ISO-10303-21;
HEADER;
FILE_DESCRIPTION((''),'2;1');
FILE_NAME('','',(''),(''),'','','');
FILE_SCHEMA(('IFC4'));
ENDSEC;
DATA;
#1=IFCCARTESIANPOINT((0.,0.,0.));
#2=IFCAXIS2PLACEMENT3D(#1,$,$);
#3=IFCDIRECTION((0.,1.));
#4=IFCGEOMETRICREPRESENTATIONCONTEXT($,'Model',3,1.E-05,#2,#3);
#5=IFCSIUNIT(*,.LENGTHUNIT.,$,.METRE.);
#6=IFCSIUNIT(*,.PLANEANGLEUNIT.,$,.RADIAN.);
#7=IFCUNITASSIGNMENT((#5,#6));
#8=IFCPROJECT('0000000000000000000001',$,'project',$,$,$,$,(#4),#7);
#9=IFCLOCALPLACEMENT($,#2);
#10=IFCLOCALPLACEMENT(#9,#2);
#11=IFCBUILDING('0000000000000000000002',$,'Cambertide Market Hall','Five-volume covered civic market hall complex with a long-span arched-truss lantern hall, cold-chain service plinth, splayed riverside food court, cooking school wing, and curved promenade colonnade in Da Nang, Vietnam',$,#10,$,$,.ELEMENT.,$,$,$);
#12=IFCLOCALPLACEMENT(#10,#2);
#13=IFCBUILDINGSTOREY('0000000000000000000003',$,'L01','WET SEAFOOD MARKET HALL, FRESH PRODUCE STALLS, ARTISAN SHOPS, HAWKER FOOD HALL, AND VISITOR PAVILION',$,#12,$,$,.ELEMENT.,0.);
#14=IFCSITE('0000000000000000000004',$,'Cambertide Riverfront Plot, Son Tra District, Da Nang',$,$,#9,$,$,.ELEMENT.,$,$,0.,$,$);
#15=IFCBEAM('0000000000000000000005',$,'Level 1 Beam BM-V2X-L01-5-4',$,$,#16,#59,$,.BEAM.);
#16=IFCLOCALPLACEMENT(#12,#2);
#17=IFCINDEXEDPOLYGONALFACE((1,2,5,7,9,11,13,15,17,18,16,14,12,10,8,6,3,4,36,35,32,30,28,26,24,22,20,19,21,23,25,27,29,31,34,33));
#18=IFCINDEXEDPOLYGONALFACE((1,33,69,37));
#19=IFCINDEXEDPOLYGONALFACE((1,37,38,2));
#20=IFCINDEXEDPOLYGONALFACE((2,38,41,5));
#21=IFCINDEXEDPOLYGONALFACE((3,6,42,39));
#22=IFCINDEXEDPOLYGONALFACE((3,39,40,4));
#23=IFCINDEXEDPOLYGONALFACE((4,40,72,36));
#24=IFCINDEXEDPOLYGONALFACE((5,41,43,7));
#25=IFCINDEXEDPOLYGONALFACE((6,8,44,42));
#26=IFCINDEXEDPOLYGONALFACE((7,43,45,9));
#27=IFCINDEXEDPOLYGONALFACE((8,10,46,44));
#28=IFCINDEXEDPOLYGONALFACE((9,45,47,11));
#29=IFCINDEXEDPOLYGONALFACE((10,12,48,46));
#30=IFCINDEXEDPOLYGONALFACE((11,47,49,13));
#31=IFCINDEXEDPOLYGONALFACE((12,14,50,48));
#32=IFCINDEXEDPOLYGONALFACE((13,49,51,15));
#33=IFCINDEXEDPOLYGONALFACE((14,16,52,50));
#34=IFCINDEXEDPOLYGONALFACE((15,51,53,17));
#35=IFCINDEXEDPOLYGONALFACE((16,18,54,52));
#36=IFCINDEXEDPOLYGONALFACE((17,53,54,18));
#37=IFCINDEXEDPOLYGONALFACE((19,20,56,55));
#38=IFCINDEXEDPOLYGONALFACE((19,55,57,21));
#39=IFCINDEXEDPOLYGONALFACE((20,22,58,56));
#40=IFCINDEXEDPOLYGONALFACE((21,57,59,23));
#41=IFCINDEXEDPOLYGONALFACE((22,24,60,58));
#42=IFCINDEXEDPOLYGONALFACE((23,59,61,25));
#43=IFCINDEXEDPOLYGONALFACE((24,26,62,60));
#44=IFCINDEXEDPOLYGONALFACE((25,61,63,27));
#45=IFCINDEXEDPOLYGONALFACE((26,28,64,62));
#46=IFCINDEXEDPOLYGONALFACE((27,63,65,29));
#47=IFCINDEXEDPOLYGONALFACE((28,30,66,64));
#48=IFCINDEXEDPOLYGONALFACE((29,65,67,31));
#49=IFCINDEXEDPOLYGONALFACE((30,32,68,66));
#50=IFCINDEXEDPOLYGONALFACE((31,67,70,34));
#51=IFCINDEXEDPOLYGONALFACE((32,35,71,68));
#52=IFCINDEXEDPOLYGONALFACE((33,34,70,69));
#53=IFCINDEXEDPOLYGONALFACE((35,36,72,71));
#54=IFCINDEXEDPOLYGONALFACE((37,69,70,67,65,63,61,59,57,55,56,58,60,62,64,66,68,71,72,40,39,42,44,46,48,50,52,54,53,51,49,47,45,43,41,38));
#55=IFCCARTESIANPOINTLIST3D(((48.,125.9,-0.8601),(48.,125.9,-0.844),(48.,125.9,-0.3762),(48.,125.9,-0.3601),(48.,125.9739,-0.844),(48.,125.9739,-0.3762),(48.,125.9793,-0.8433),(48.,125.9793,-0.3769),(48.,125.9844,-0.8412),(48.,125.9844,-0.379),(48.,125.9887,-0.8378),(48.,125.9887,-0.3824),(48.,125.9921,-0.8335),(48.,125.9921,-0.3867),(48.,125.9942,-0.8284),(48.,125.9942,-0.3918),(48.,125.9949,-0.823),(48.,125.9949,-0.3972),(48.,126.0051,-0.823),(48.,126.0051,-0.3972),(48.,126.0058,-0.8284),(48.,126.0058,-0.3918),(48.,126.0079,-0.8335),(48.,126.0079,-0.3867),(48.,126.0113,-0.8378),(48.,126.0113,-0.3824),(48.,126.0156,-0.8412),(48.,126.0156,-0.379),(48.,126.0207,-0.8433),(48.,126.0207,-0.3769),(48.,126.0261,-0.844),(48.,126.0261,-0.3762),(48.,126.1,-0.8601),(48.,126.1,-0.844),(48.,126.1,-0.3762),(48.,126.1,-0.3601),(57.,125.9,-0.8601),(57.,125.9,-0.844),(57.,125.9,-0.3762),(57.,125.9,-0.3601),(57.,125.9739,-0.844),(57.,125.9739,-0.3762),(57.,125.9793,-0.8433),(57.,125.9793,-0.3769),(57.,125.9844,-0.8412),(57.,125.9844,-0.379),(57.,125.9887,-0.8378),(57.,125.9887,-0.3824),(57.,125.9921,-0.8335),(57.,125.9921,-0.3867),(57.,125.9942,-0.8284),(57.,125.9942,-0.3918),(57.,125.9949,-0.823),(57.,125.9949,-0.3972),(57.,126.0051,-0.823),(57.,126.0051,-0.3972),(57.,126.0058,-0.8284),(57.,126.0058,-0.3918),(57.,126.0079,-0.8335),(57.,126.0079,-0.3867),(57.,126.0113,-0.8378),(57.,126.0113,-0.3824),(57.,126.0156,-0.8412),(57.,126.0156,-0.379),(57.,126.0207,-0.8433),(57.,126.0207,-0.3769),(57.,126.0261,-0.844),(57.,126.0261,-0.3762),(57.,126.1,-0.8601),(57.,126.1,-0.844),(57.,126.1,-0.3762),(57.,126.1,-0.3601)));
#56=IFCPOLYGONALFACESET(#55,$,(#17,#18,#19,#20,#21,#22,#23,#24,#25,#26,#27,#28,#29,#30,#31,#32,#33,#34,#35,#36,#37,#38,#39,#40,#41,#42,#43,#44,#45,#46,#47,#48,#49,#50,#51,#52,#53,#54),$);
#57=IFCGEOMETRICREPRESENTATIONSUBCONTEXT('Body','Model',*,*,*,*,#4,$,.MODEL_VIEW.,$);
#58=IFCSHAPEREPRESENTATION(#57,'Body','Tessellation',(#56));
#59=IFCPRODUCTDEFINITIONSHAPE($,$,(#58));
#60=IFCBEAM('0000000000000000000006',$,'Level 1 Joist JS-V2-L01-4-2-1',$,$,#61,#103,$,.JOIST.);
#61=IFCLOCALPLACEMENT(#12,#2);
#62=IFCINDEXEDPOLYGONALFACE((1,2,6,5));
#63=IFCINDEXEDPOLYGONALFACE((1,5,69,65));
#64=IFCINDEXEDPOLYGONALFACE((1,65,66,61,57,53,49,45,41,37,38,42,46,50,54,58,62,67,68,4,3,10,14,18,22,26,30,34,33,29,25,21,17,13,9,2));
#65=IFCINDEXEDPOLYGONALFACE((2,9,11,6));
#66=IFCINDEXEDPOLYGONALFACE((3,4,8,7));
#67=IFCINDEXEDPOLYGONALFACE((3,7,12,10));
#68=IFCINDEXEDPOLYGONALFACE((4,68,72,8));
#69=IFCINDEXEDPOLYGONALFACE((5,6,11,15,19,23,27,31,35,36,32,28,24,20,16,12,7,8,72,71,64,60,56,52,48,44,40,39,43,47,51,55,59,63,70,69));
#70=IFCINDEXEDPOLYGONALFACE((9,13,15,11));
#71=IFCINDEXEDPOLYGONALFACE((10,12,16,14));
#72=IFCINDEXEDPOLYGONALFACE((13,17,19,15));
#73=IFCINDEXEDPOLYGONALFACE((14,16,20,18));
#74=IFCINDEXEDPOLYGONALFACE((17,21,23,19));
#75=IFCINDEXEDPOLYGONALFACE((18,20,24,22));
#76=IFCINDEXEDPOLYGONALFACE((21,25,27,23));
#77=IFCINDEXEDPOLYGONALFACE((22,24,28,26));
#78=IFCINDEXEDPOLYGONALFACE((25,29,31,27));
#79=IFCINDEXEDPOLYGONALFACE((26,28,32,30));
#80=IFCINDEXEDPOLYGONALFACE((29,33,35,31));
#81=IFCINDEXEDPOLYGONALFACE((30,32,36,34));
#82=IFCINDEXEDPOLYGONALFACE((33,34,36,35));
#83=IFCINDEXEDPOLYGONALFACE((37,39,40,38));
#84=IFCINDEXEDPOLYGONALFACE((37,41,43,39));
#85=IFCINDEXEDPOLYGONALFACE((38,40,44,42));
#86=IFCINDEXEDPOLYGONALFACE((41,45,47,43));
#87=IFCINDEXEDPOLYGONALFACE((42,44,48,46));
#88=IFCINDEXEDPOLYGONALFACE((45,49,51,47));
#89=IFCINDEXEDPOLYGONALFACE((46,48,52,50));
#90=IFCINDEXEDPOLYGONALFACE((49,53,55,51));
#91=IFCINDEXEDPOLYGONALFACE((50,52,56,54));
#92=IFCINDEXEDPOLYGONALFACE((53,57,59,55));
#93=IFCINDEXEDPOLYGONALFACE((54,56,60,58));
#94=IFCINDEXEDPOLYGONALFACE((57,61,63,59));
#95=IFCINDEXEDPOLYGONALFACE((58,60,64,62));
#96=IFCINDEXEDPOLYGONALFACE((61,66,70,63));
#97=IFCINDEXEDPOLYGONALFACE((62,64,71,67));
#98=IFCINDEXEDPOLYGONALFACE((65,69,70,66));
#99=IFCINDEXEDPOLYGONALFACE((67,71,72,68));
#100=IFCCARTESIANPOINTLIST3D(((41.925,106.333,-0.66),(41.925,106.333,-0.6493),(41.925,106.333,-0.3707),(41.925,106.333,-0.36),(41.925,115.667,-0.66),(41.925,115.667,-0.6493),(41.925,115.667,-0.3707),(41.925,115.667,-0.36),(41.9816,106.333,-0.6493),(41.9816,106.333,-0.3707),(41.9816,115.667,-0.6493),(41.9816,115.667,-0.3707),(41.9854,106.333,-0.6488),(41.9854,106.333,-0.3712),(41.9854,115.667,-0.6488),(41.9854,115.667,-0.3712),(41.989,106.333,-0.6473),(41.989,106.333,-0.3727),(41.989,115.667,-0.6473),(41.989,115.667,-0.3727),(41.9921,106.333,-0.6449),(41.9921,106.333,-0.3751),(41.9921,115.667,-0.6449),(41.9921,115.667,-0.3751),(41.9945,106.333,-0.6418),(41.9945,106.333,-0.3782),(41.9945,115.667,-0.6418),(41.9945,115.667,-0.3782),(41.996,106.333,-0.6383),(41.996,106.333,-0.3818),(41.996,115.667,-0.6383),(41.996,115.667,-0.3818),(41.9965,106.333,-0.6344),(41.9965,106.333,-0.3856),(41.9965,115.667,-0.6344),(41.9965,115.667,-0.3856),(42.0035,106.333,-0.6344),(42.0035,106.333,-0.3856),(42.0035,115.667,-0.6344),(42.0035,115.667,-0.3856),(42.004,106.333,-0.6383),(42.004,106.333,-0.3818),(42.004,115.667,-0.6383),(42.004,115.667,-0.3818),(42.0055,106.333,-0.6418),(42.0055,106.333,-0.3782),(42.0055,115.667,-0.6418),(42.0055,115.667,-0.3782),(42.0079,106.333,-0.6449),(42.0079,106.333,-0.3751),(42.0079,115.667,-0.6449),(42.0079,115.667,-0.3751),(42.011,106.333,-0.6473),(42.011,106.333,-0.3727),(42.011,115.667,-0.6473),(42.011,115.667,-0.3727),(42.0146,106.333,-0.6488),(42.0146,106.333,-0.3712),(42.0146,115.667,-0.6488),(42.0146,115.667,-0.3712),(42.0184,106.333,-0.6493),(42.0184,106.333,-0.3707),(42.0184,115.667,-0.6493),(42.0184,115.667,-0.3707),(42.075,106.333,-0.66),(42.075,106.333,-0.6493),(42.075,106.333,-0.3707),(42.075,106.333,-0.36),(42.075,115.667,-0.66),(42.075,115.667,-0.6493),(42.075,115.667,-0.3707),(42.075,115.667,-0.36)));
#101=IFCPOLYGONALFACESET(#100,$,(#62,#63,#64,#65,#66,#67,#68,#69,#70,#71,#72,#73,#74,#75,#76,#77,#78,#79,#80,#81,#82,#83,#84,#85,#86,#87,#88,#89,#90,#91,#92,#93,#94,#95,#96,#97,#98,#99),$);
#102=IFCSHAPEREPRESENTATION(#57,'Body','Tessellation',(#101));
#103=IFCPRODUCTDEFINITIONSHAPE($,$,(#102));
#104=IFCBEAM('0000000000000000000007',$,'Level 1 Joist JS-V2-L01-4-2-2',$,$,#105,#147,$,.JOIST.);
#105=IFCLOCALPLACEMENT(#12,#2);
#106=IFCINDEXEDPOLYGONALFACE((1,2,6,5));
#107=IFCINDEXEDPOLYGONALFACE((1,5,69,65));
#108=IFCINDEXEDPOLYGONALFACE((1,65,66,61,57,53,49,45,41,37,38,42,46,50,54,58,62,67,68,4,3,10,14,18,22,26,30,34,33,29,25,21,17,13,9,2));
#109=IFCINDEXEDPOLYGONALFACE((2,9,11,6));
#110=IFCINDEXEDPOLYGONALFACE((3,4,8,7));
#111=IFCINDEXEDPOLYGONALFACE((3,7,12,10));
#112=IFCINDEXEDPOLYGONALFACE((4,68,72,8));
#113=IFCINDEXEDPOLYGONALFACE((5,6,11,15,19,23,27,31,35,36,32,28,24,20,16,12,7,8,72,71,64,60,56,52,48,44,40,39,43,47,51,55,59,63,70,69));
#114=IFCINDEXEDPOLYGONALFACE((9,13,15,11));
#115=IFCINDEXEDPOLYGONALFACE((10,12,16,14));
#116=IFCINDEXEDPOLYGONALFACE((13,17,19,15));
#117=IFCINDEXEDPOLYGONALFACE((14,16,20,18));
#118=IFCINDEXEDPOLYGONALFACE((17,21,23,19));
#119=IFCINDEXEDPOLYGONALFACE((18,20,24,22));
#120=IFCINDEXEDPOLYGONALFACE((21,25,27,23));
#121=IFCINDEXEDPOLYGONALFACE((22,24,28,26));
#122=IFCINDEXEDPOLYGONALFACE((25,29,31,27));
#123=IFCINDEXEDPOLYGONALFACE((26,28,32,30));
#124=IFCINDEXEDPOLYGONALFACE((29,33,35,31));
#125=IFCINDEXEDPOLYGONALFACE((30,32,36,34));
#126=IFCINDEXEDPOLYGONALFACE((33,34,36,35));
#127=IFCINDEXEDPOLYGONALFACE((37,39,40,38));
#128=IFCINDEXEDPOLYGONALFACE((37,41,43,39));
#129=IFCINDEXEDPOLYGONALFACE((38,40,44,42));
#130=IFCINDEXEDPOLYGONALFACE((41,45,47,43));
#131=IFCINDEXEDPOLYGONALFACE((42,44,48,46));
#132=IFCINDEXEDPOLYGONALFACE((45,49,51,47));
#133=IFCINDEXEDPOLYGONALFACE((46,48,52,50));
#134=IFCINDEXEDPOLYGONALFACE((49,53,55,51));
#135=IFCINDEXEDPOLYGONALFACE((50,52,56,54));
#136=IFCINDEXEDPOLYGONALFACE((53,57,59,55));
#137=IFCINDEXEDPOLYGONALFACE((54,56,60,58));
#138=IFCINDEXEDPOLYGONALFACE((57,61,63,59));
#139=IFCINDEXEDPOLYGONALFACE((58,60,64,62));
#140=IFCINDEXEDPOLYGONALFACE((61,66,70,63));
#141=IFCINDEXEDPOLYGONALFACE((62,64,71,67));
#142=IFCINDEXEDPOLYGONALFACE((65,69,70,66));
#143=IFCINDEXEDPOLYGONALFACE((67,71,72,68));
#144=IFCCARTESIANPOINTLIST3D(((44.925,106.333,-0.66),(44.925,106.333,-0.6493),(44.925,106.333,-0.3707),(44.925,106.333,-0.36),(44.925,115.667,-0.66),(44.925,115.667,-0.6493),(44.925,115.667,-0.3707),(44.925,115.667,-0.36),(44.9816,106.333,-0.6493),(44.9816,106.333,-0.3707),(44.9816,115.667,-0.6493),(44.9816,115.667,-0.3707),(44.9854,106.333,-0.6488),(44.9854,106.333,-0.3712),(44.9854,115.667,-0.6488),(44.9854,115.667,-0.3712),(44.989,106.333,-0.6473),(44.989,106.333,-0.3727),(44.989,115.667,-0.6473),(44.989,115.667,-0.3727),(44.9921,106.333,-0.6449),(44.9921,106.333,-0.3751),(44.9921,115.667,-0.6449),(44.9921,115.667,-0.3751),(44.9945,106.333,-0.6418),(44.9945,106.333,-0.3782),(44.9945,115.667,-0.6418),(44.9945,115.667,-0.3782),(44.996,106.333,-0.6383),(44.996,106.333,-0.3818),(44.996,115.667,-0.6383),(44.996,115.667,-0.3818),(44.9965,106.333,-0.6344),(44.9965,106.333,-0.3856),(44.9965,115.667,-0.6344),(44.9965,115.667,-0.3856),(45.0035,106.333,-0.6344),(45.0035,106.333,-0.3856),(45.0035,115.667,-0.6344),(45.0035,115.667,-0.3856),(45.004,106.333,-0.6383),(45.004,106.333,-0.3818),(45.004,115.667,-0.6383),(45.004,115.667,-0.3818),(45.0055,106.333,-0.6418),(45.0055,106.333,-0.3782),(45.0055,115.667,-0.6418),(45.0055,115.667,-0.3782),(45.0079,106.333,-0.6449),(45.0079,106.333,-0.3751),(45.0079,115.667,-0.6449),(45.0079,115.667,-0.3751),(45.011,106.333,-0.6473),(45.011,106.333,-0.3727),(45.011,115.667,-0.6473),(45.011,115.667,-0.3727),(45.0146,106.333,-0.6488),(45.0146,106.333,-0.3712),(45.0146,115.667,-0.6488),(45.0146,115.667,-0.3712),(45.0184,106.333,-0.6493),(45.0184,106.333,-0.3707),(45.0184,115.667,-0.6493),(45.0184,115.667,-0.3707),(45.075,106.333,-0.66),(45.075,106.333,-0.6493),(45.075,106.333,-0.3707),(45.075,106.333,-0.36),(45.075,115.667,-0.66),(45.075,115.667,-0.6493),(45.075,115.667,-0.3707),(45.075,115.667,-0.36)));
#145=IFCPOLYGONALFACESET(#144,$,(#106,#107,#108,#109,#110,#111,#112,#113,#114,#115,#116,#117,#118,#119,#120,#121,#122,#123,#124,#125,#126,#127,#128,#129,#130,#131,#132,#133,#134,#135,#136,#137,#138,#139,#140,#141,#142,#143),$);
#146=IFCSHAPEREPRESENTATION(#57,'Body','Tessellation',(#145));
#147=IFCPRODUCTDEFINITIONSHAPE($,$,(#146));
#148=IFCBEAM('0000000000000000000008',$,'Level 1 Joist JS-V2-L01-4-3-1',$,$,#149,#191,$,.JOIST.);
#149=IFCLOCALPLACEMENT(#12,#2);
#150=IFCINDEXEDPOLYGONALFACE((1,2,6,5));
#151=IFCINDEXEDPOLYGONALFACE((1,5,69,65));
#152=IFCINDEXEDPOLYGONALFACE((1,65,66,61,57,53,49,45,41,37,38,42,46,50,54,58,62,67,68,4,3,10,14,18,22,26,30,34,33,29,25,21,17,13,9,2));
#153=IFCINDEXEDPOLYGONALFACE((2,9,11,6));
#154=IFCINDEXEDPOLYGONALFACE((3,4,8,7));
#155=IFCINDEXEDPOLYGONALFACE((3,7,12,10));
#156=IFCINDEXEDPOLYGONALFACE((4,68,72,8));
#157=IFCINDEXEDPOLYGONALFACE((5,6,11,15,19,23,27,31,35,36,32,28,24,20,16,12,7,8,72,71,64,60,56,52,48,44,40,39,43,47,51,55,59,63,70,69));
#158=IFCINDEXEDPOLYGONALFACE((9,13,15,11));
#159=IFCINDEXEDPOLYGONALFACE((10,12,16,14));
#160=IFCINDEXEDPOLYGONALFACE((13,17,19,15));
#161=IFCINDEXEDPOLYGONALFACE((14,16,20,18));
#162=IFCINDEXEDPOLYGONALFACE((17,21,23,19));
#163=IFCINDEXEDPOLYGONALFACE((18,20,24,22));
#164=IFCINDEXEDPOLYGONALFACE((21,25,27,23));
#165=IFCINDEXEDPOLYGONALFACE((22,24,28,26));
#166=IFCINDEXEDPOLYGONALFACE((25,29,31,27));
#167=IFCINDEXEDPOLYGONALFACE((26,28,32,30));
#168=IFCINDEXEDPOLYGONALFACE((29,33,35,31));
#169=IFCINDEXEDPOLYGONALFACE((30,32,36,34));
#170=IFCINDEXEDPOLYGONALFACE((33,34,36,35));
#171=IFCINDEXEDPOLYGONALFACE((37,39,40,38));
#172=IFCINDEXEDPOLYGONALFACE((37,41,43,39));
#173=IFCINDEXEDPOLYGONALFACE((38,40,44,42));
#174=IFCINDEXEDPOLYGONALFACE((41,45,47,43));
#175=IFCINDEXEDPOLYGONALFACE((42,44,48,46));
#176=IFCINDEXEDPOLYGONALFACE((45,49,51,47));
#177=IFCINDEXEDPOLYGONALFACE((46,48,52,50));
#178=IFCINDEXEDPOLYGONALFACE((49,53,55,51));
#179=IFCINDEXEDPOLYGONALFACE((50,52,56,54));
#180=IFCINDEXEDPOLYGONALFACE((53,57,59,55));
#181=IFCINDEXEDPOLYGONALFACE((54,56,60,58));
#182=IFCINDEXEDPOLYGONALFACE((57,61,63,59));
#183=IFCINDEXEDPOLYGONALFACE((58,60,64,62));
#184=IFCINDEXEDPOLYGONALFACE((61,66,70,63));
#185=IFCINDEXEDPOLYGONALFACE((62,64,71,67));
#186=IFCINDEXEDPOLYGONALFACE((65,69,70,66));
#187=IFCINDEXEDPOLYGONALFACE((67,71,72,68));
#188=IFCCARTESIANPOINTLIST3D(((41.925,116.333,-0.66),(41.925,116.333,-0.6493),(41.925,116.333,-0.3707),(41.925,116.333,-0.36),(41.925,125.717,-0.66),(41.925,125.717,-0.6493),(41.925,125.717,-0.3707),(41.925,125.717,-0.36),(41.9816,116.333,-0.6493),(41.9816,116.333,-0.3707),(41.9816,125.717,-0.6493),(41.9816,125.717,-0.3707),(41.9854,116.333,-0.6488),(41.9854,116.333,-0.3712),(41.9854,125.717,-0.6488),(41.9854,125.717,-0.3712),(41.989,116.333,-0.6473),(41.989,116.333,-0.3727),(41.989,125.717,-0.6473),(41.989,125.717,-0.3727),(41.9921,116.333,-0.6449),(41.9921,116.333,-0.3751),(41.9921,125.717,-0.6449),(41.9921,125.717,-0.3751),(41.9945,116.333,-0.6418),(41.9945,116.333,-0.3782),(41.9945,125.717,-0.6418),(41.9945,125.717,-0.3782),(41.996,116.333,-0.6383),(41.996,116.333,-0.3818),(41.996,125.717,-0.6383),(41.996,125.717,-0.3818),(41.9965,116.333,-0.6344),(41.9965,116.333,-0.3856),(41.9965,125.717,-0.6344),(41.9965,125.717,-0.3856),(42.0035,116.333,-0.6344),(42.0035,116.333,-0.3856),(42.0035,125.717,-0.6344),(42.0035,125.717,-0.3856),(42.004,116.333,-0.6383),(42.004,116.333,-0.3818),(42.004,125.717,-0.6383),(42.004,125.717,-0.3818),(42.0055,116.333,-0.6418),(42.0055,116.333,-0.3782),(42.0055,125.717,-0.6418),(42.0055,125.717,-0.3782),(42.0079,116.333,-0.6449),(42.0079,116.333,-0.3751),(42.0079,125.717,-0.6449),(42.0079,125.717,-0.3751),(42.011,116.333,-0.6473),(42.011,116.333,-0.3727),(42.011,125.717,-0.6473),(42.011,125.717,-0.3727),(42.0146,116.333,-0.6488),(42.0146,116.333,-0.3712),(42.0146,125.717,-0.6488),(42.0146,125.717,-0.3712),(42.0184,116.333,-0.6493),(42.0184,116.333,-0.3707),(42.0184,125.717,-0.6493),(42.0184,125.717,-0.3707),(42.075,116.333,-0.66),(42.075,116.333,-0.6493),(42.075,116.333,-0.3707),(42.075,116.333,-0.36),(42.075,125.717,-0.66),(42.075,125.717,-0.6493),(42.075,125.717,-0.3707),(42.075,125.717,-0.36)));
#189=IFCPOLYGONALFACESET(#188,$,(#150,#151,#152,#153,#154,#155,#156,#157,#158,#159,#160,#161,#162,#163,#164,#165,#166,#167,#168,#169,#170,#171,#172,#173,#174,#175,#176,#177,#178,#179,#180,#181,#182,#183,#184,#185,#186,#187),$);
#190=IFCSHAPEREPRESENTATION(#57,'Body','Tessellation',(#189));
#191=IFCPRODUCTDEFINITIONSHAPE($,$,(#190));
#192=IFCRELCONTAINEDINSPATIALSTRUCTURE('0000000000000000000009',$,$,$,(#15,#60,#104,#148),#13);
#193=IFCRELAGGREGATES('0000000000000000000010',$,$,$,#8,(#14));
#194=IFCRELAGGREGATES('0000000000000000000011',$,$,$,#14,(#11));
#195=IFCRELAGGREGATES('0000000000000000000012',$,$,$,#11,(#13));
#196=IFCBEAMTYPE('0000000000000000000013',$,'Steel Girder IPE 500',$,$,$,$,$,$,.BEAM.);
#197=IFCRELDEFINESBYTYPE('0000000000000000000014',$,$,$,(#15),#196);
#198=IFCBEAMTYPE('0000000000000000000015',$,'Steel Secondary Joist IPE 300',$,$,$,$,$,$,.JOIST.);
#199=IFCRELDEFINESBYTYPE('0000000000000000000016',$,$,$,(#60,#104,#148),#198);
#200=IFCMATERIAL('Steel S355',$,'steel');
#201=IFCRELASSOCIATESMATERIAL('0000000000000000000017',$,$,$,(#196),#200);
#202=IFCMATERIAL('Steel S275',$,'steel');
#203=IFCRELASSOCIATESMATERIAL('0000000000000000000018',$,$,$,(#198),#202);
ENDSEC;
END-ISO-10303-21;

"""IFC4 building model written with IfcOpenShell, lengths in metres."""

from ifc_helpers import new_model, si_unit, direction, frame, origin, origin_2d, place, context, subcontext, project, spatial, i_section, extrude, material, material_profile, profile_set, type_object, element, save


model = new_model("IFC4")

# Units and contexts
model_context = context("Model", 3, precision=1e-05, world=origin(), true_north=direction((0.0, 1.0)))
body_context = subcontext(model_context, "Body", "Model", "MODEL_VIEW")
ifc_project = project(units=[si_unit("LENGTHUNIT", "METRE"), si_unit("PLANEANGLEUNIT", "RADIAN")], contexts=[model_context])

# Site, building, storey
site_placement = place(None, origin())
site = spatial("IfcSite", under=ifc_project, at=site_placement, Name="Cambertide Riverfront Plot, Son Tra District, Da Nang", CompositionType="ELEMENT", RefElevation=0.0)
building_placement = place(site_placement, origin())
building = spatial("IfcBuilding", under=site, at=building_placement, Name="Cambertide Market Hall", Description="Five-volume covered civic market hall complex with a long-span arched-truss lantern hall, cold-chain service plinth, splayed riverside food court, cooking school wing, and curved promenade colonnade in Da Nang, Vietnam", CompositionType="ELEMENT")
storey_placement = place(building_placement, origin())
storey = spatial("IfcBuildingStorey", under=building, at=storey_placement, Name="L01", Description="WET SEAFOOD MARKET HALL, FRESH PRODUCE STALLS, ARTISAN SHOPS, HAWKER FOOD HALL, AND VISITOR PAVILION", CompositionType="ELEMENT", Elevation=0.0)

# Beams
ifc_material_1 = material(Name="Steel S355", Category="steel")
ifc_material_profile_1 = material_profile(ifc_material_1, i_section(OverallWidth=0.2, OverallDepth=0.5, WebThickness=0.0103, FlangeThickness=0.0161, FilletRadius=0.021, at=origin_2d()), Name="IPE 500")
ifc_profile_set_1 = profile_set([ifc_material_profile_1], Name="Steel S355")
beam_type_1 = type_object("IfcBeamType", Name="Steel Girder IPE 500", PredefinedType="BEAM", material=ifc_profile_set_1)
beam_placement = place(storey_placement, frame((48.0, 126.0, -0.6101), z_axis=(1.0, 0.0, 0.0), x_axis=(0.0, 1.0, 0.0)))
element("IfcBeam", 1, at=beam_placement, inside=storey, type_object=beam_type_1, Name="Level 1 Beam BM-V2X-L01-5-4", PredefinedType="BEAM", context=body_context, shape_type="SweptSolid", body=[
    extrude(i_section(OverallWidth=0.2, OverallDepth=0.5, WebThickness=0.0103, FlangeThickness=0.0161, FilletRadius=0.021, at=origin_2d()), origin(), (0.0, 0.0, 1.0), 9.0),
])
ifc_material_2 = material(Name="Steel S275", Category="steel")
ifc_material_profile_2 = material_profile(ifc_material_2, i_section(OverallWidth=0.1499, OverallDepth=0.3, WebThickness=0.0071, FlangeThickness=0.0107, FilletRadius=0.0149, at=origin_2d()), Name="IPE 300")
ifc_profile_set_2 = profile_set([ifc_material_profile_2], Name="Steel S275")
beam_type_2 = type_object("IfcBeamType", Name="Steel Secondary Joist IPE 300", PredefinedType="JOIST", material=ifc_profile_set_2)
for number, where, z_axis, x_axis, name in (
    (2, (42.0, 106.333, -0.51), (0.0, 1.0, 0.0), (-1.0, 0.0, 0.0), "Level 1 Joist JS-V2-L01-4-2-1"),
    (3, (45.0, 106.333, -0.51), (0.0, 1.0, 0.0), (-1.0, 0.0, 0.0), "Level 1 Joist JS-V2-L01-4-2-2"),
):
    element("IfcBeam", number, at=place(storey_placement, frame(where, z_axis=z_axis, x_axis=x_axis)), inside=storey, type_object=beam_type_2, Name=name, PredefinedType="JOIST", context=body_context, shape_type="SweptSolid", body=[
        extrude(i_section(OverallWidth=0.1499, OverallDepth=0.3, WebThickness=0.0071, FlangeThickness=0.0107, FilletRadius=0.0149, at=origin_2d()), origin(), (0.0, 0.0, 1.0), 9.334),
    ])
for number, where, z_axis, x_axis, name in (
    (4, (42.0, 116.333, -0.51), (0.0, 1.0, 0.0), (-1.0, 0.0, 0.0), "Level 1 Joist JS-V2-L01-4-3-1"),
):
    element("IfcBeam", number, at=place(storey_placement, frame(where, z_axis=z_axis, x_axis=x_axis)), inside=storey, type_object=beam_type_2, Name=name, PredefinedType="JOIST", context=body_context, shape_type="SweptSolid", body=[
        extrude(i_section(OverallWidth=0.1499, OverallDepth=0.3, WebThickness=0.0071, FlangeThickness=0.0107, FilletRadius=0.0149, at=origin_2d()), origin(), (0.0, 0.0, 1.0), 9.384),
    ])

save(model, "model.ifc")
